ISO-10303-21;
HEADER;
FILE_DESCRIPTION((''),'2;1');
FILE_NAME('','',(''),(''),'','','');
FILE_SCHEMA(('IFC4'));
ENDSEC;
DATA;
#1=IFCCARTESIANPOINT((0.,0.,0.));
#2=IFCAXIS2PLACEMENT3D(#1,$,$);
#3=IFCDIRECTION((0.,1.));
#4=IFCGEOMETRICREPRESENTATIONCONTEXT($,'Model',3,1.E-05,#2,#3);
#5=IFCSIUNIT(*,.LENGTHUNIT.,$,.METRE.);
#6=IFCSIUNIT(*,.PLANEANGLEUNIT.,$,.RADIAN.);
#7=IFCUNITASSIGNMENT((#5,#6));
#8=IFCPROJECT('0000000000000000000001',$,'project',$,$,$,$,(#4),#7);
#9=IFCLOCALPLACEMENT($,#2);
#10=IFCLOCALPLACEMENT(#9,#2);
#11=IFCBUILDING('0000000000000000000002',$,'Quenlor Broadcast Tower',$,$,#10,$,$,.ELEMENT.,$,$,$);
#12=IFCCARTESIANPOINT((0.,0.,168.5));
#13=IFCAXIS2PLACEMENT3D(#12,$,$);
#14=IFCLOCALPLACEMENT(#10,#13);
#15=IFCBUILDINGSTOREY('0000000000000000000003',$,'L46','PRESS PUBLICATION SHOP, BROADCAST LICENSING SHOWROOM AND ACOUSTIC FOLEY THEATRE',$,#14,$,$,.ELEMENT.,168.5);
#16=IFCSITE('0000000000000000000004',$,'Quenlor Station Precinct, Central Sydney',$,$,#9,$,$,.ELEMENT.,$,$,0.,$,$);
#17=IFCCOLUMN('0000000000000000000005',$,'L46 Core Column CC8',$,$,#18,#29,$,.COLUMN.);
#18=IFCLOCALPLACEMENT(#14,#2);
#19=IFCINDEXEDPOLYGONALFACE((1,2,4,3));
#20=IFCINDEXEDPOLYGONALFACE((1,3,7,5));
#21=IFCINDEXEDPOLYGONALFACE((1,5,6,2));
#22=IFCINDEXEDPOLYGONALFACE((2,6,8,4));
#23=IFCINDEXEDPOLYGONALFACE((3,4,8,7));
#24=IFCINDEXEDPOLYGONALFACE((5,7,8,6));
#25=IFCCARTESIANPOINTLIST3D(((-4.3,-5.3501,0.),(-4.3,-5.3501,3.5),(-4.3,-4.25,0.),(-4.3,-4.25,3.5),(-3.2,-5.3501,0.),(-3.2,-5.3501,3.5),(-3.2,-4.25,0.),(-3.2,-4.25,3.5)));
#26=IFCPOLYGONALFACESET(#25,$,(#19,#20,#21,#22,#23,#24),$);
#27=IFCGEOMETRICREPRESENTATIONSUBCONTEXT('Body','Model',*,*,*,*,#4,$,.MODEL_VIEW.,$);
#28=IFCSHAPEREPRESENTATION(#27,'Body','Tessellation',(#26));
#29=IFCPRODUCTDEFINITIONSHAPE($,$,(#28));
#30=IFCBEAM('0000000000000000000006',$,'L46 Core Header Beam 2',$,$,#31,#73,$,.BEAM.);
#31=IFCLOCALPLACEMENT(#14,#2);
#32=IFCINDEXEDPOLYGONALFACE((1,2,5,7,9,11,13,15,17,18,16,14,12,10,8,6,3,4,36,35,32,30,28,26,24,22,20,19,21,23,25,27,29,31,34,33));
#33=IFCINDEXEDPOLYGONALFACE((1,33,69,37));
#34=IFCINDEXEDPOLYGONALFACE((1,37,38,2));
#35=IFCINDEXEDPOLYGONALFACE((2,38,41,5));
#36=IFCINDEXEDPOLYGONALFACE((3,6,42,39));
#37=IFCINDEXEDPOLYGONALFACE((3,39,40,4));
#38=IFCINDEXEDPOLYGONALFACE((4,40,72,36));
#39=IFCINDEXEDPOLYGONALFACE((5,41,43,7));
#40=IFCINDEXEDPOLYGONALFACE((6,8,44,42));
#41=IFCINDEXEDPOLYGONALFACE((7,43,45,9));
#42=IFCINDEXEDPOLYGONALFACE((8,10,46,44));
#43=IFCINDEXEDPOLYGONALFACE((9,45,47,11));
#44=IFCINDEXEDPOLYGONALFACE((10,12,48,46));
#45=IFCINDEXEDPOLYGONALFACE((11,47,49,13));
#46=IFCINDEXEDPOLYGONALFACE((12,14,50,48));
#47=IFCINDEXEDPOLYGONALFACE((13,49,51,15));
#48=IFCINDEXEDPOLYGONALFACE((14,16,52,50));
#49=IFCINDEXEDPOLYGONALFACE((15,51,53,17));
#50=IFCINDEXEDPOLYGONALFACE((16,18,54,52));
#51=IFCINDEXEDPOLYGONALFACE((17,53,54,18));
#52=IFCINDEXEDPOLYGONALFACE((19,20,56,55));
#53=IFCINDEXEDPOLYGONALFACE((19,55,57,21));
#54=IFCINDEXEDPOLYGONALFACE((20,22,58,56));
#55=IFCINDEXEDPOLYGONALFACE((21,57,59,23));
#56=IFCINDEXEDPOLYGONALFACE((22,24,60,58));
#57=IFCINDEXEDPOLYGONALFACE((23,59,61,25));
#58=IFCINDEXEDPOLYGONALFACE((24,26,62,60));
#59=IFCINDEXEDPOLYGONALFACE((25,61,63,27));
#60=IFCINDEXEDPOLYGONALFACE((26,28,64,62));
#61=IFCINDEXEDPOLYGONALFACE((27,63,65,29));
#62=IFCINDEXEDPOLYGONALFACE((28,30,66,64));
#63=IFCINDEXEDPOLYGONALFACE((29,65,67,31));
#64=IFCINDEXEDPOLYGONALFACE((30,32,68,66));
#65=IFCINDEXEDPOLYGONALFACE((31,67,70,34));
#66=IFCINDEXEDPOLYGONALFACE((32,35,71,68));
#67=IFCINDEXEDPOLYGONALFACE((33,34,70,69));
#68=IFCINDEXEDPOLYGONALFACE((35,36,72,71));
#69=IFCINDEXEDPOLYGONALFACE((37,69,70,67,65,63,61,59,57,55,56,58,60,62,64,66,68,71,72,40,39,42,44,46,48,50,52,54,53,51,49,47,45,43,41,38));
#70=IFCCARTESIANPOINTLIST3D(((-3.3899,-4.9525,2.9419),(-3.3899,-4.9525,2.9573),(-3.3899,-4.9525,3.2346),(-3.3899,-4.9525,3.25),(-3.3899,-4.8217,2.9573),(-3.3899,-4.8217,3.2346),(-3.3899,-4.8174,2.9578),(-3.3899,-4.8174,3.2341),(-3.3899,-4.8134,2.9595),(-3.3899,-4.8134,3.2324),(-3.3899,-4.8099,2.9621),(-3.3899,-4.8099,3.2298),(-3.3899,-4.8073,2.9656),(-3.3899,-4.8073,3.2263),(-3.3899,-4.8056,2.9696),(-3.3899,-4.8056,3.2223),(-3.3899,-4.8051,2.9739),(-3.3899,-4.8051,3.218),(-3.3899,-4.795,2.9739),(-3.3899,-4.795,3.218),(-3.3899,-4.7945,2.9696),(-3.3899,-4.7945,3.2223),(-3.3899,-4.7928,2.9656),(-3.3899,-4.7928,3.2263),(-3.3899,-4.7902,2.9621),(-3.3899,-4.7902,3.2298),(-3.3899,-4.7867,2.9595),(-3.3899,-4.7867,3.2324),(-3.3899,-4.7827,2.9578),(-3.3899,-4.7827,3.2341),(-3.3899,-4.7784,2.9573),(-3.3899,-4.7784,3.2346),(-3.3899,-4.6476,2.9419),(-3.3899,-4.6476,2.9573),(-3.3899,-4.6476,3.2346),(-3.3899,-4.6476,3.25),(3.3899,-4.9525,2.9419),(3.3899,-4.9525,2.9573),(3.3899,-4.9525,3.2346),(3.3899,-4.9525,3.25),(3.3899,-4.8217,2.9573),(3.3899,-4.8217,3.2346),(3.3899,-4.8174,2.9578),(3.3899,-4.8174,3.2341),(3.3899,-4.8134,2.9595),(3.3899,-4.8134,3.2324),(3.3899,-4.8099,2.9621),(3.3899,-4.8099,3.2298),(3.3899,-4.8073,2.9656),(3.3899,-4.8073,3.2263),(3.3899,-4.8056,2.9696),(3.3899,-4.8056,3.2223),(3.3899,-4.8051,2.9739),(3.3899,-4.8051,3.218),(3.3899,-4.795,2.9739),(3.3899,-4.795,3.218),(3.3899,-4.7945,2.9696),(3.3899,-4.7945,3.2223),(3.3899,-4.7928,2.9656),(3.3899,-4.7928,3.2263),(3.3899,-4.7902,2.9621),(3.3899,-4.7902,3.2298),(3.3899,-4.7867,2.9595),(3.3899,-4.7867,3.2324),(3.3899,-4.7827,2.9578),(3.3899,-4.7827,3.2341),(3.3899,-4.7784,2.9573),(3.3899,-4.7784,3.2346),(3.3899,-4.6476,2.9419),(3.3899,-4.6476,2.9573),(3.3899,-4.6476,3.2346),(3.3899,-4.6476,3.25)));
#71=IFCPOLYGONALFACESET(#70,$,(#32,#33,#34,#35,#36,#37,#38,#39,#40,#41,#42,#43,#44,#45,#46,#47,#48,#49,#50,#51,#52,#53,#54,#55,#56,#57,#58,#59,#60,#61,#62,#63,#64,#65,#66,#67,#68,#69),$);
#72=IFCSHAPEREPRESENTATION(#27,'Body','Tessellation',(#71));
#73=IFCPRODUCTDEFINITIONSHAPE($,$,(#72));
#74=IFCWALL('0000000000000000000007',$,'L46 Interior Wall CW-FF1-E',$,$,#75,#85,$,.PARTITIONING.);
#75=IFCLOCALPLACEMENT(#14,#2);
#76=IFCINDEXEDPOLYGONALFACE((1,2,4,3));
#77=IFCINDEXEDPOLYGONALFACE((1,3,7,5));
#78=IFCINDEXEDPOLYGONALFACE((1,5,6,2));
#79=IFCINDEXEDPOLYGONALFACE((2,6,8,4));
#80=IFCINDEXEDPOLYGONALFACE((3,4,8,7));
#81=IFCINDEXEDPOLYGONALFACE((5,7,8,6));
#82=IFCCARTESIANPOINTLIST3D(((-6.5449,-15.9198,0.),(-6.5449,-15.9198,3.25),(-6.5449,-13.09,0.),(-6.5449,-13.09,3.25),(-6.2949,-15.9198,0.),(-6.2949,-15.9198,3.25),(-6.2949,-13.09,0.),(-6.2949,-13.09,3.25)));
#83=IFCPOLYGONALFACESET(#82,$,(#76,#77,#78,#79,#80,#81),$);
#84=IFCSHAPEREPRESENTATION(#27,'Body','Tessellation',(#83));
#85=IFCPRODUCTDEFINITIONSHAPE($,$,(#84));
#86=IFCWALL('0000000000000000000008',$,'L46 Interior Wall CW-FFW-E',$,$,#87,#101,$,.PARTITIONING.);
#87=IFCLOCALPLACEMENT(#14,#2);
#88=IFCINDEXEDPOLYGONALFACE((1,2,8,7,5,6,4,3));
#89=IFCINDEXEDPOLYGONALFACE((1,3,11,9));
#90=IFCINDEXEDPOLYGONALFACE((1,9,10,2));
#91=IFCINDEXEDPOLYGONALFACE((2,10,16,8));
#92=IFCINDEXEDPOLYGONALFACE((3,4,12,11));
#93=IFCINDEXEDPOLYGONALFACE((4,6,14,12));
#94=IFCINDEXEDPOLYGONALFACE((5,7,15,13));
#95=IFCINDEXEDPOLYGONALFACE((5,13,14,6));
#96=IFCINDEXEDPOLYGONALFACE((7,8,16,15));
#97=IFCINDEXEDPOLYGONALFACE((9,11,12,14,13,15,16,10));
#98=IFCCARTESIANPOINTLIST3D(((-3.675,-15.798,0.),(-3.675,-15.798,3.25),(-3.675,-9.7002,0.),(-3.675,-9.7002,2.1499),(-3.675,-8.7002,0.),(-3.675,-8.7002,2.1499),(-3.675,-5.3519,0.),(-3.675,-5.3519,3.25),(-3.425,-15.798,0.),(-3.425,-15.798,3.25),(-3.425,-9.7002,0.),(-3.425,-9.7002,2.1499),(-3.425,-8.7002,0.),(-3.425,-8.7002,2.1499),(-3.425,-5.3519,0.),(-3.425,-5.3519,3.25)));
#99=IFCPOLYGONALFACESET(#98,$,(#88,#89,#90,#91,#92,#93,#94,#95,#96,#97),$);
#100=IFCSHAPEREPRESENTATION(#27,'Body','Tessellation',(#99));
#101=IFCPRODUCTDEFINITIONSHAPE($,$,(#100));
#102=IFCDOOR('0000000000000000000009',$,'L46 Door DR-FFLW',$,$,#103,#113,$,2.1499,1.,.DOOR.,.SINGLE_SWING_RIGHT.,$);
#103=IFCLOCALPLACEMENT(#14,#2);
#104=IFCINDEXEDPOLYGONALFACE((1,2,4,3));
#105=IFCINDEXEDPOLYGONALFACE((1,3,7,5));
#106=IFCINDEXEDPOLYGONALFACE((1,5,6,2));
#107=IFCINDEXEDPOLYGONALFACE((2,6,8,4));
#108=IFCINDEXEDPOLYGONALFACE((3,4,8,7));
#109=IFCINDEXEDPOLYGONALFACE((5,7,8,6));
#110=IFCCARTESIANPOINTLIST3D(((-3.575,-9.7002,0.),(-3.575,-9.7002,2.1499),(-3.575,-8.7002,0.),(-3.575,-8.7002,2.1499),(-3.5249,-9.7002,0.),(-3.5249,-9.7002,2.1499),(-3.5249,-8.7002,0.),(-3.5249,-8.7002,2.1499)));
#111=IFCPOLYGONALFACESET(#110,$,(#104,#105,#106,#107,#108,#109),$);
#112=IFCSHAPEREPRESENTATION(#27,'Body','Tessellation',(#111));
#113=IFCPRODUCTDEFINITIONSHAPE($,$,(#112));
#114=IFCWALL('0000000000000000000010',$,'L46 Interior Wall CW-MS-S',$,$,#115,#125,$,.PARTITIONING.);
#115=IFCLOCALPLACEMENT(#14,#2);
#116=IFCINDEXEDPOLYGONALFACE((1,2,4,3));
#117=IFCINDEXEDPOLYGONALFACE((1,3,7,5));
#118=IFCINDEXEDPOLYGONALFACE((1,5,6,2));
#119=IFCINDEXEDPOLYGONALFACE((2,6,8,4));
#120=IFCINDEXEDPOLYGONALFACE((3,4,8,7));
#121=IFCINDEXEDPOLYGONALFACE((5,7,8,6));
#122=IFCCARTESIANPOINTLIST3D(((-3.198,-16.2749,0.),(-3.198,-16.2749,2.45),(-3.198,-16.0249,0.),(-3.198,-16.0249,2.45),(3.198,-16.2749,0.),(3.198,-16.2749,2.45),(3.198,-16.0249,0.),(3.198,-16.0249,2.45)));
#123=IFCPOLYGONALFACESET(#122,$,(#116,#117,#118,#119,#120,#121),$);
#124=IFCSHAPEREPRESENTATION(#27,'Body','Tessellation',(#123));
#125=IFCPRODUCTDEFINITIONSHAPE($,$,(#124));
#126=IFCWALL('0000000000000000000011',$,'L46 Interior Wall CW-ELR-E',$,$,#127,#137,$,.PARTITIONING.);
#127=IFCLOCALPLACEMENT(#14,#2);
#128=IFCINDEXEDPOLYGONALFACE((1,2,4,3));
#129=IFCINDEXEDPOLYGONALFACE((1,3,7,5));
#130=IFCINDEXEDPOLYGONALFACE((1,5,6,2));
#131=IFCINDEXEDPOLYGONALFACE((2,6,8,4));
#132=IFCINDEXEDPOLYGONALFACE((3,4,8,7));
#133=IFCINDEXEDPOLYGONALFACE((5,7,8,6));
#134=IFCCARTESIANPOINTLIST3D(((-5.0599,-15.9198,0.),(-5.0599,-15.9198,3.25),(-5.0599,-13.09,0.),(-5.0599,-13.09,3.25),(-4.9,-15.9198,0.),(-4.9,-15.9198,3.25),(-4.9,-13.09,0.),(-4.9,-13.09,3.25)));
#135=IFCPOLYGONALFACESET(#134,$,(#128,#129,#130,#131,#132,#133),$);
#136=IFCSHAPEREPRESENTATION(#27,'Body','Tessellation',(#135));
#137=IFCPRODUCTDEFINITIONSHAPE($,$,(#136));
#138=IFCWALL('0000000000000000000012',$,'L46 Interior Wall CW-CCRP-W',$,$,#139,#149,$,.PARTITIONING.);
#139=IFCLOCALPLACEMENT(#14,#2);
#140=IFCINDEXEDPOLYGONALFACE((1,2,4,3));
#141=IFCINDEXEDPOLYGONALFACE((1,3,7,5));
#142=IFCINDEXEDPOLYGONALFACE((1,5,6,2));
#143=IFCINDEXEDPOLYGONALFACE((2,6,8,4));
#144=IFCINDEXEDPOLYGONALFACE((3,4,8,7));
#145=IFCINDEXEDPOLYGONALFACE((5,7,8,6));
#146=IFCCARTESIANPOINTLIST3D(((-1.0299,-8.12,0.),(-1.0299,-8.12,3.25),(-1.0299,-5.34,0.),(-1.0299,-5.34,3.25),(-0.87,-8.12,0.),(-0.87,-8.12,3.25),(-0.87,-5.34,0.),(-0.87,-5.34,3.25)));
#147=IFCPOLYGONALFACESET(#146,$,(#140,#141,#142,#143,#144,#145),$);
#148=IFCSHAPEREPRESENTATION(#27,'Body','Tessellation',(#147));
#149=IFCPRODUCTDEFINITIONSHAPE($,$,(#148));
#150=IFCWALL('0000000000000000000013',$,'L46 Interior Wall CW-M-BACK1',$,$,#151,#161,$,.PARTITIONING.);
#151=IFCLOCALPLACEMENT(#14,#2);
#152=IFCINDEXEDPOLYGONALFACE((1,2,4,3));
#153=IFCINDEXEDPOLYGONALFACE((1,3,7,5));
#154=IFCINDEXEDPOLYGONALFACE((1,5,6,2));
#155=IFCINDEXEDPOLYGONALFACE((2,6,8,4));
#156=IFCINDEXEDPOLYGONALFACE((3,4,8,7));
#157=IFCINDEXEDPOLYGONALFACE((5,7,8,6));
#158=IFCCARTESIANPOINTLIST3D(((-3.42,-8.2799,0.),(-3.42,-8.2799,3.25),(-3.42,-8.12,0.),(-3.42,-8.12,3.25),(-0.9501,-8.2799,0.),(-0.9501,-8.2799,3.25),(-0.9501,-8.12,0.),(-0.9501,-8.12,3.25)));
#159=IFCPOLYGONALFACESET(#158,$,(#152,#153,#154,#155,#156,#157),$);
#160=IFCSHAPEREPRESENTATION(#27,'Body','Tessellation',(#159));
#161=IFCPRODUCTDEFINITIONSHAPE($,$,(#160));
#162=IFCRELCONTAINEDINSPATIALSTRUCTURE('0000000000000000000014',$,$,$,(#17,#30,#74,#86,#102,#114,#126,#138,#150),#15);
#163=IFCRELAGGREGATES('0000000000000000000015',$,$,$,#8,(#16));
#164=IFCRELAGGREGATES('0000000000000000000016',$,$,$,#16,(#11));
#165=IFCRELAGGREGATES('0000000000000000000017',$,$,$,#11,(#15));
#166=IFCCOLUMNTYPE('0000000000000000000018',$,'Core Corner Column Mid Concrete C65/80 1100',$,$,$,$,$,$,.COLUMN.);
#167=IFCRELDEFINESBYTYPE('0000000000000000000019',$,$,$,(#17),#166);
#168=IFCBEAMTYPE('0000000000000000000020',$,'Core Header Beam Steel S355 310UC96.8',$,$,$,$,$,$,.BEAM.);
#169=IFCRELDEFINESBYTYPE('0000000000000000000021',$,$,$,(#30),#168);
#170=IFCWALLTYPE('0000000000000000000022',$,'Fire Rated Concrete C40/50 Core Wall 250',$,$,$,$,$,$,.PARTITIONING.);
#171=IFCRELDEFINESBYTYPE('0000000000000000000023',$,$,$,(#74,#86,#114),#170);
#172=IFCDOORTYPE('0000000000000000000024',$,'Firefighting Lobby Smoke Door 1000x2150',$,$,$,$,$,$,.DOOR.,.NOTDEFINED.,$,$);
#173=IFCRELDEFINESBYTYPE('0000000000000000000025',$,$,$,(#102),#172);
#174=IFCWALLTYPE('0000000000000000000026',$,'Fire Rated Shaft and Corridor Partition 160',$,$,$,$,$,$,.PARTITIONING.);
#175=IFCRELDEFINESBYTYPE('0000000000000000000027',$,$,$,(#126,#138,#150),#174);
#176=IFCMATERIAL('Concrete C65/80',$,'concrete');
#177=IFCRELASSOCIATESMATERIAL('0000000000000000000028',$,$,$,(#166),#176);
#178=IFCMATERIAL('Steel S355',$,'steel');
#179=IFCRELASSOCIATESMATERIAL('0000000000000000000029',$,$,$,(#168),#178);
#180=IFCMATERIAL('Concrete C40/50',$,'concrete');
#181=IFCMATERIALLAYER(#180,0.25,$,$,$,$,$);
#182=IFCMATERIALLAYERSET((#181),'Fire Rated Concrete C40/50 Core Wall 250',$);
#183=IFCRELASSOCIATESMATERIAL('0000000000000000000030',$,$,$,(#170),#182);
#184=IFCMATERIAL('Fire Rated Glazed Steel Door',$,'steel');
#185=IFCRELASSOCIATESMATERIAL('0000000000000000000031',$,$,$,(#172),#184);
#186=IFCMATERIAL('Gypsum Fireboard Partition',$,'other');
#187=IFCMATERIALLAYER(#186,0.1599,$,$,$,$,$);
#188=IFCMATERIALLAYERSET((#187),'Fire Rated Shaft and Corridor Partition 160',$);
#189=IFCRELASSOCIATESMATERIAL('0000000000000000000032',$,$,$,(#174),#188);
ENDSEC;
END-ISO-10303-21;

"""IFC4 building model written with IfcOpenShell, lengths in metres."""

from ifc_helpers import new_model, si_unit, direction, frame, frame_2d, origin, origin_2d, place, context, subcontext, project, spatial, rectangle, i_section, extrude, material, layer, layer_set, material_profile, profile_set, type_object, element, fill, save


model = new_model("IFC4")

# Units and contexts
model_context = context("Model", 3, precision=1e-05, world=origin(), true_north=direction((0.0, 1.0)))
body_context = subcontext(model_context, "Body", "Model", "MODEL_VIEW")
ifc_project = project(units=[si_unit("LENGTHUNIT", "METRE"), si_unit("PLANEANGLEUNIT", "RADIAN")], contexts=[model_context])

# Site, building, storey
site_placement = place(None, origin())
site = spatial("IfcSite", under=ifc_project, at=site_placement, Name="Quenlor Station Precinct, Central Sydney", CompositionType="ELEMENT", RefElevation=0.0)
building_placement = place(site_placement, origin())
building = spatial("IfcBuilding", under=site, at=building_placement, Name="Quenlor Broadcast Tower", CompositionType="ELEMENT")
storey_placement = place(building_placement, frame((0.0, 0.0, 168.5)))
storey = spatial("IfcBuildingStorey", under=building, at=storey_placement, Name="L46", Description="PRESS PUBLICATION SHOP, BROADCAST LICENSING SHOWROOM AND ACOUSTIC FOLEY THEATRE", CompositionType="ELEMENT", Elevation=168.5)

# Column
ifc_material_1 = material(Name="Concrete C65/80", Category="concrete")
ifc_material_profile_1 = material_profile(ifc_material_1, rectangle(XDim=1.1001, YDim=1.1001, at=origin_2d()))
ifc_profile_set_1 = profile_set([ifc_material_profile_1], Name="Concrete C65/80 RC1100x1100")
column_type = type_object("IfcColumnType", Name="Core Corner Column Mid Concrete C65/80 1100", PredefinedType="COLUMN", material=ifc_profile_set_1)
column_placement = place(storey_placement, frame((-3.75, -4.8, 0.0), z_axis=(0.0, 0.0, 1.0), x_axis=(1.0, 0.0, 0.0)))
element("IfcColumn", 1, at=column_placement, inside=storey, type_object=column_type, Name="L46 Core Column CC8", PredefinedType="COLUMN", context=body_context, shape_type="SweptSolid", body=[
    extrude(rectangle(XDim=1.1001, YDim=1.1001, at=origin_2d()), origin(), (0.0, 0.0, 1.0), 3.5),
])

# Beam
ifc_material_2 = material(Name="Steel S355", Category="steel")
ifc_material_profile_2 = material_profile(ifc_material_2, i_section(OverallWidth=0.3049, OverallDepth=0.3081, WebThickness=0.01, FlangeThickness=0.0154, FilletRadius=0.0166, at=origin_2d()))
ifc_profile_set_2 = profile_set([ifc_material_profile_2], Name="Steel S355 310UC96.8")
beam_type = type_object("IfcBeamType", Name="Core Header Beam Steel S355 310UC96.8", PredefinedType="BEAM", material=ifc_profile_set_2)
beam_placement = place(storey_placement, frame((-3.3899, -4.8, 3.0959), z_axis=(1.0, 0.0, 0.0), x_axis=(0.0, 1.0, 0.0)))
element("IfcBeam", 2, at=beam_placement, inside=storey, type_object=beam_type, Name="L46 Core Header Beam 2", PredefinedType="BEAM", context=body_context, shape_type="SweptSolid", body=[
    extrude(i_section(OverallWidth=0.3049, OverallDepth=0.3081, WebThickness=0.01, FlangeThickness=0.0154, FilletRadius=0.0166, at=origin_2d()), origin(), (0.0, 0.0, 1.0), 6.7798),
])

# Shared definitions
ifc_material_3 = material(Name="Concrete C40/50", Category="concrete")
ifc_layer_1 = layer(ifc_material_3, 0.25)
ifc_layer_set_1 = layer_set([ifc_layer_1], Name="Fire Rated Concrete C40/50 Core Wall 250")
wall_type_1 = type_object("IfcWallType", Name="Fire Rated Concrete C40/50 Core Wall 250", PredefinedType="PARTITIONING", material=ifc_layer_set_1)

# Wall
wall_1_placement = place(storey_placement, frame((-6.4199, -15.9199, 0.0), z_axis=(0.0, 0.0, 1.0), x_axis=(0.0, 1.0, 0.0)))
element("IfcWall", 3, at=wall_1_placement, inside=storey, type_object=wall_type_1, Name="L46 Interior Wall CW-FF1-E", PredefinedType="PARTITIONING", context=body_context, shape_type="SweptSolid", body=[
    extrude(rectangle(XDim=2.8298, YDim=0.25, at=frame_2d((1.415, 0.0))), origin(), (0.0, 0.0, 1.0), 3.25),
])

# Wall, opening, door
wall_2_placement = place(storey_placement, frame((-3.55, -15.7981, 0.0), z_axis=(0.0, 0.0, 1.0), x_axis=(0.0, 1.0, 0.0)))
wall_2 = element("IfcWall", 4, at=wall_2_placement, inside=storey, type_object=wall_type_1, Name="L46 Interior Wall CW-FFW-E", PredefinedType="PARTITIONING", context=body_context, shape_type="SweptSolid", body=[
    extrude(rectangle(XDim=10.446, YDim=0.25, at=frame_2d((5.2231, 0.0))), origin(), (0.0, 0.0, 1.0), 3.25),
])
opening_1_placement = place(wall_2_placement, frame((6.0979, 0.0, 0.0)))
opening_1 = element("IfcOpeningElement", 5, at=opening_1_placement, cuts=wall_2, PredefinedType="OPENING", context=body_context, shape_type="SweptSolid", body=[
    extrude(rectangle(XDim=1.0, YDim=2.1499, at=frame_2d((0.5, 1.075))), frame((0.0, 0.135, 0.0), z_axis=(0.0, -1.0, 0.0), x_axis=(1.0, 0.0, 0.0)), (0.0, 0.0, 1.0), 0.27),
])
ifc_material_4 = material(Name="Fire Rated Glazed Steel Door", Category="steel")
door_type_1 = type_object("IfcDoorType", Name="Firefighting Lobby Smoke Door 1000x2150", OperationType="NOTDEFINED", PredefinedType="DOOR", material=ifc_material_4)
door_1_placement = place(opening_1_placement, origin())
door_1 = element("IfcDoor", 6, at=door_1_placement, inside=storey, type_object=door_type_1, Name="L46 Door DR-FFLW", OperationType="SINGLE_SWING_RIGHT", OverallHeight=2.1499, OverallWidth=1.0, PredefinedType="DOOR", context=body_context, shape_type="SweptSolid", body=[
    extrude(rectangle(XDim=1.0, YDim=2.1499, at=frame_2d((0.5, 1.075))), frame((0.0, 0.0249, 0.0), z_axis=(0.0, -1.0, 0.0), x_axis=(1.0, 0.0, 0.0)), (0.0, 0.0, 1.0), 0.05),
])
fill(opening_1, door_1)

# Wall
wall_3_placement = place(storey_placement, frame((-3.198, -16.1499, 0.0), z_axis=(0.0, 0.0, 1.0), x_axis=(1.0, 0.0, 0.0)))
element("IfcWall", 7, at=wall_3_placement, inside=storey, type_object=wall_type_1, Name="L46 Interior Wall CW-MS-S", PredefinedType="PARTITIONING", context=body_context, shape_type="SweptSolid", body=[
    extrude(rectangle(XDim=6.396, YDim=0.25, at=frame_2d((3.198, 0.0))), origin(), (0.0, 0.0, 1.0), 2.45),
])

# Walls
ifc_material_5 = material(Name="Gypsum Fireboard Partition", Category="other")
ifc_layer_2 = layer(ifc_material_5, 0.1599)
ifc_layer_set_2 = layer_set([ifc_layer_2], Name="Fire Rated Shaft and Corridor Partition 160")
wall_type_2 = type_object("IfcWallType", Name="Fire Rated Shaft and Corridor Partition 160", PredefinedType="PARTITIONING", material=ifc_layer_set_2)
wall_4_placement = place(storey_placement, frame((-4.98, -15.9199, 0.0), z_axis=(0.0, 0.0, 1.0), x_axis=(0.0, 1.0, 0.0)))
element("IfcWall", 8, at=wall_4_placement, inside=storey, type_object=wall_type_2, Name="L46 Interior Wall CW-ELR-E", PredefinedType="PARTITIONING", context=body_context, shape_type="SweptSolid", body=[
    extrude(rectangle(XDim=2.8298, YDim=0.1599, at=frame_2d((1.415, 0.0))), origin(), (0.0, 0.0, 1.0), 3.25),
])
wall_5_placement = place(storey_placement, frame((-0.95, -8.1201, 0.0), z_axis=(0.0, 0.0, 1.0), x_axis=(0.0, 1.0, 0.0)))
element("IfcWall", 9, at=wall_5_placement, inside=storey, type_object=wall_type_2, Name="L46 Interior Wall CW-CCRP-W", PredefinedType="PARTITIONING", context=body_context, shape_type="SweptSolid", body=[
    extrude(rectangle(XDim=2.78, YDim=0.1599, at=frame_2d((1.3901, 0.0))), origin(), (0.0, 0.0, 1.0), 3.25),
])
wall_6_placement = place(storey_placement, frame((-3.4199, -8.2, 0.0), z_axis=(0.0, 0.0, 1.0), x_axis=(1.0, 0.0, 0.0)))
element("IfcWall", 10, at=wall_6_placement, inside=storey, type_object=wall_type_2, Name="L46 Interior Wall CW-M-BACK1", PredefinedType="PARTITIONING", context=body_context, shape_type="SweptSolid", body=[
    extrude(rectangle(XDim=2.47, YDim=0.1599, at=frame_2d((1.2349, 0.0))), origin(), (0.0, 0.0, 1.0), 3.25),
])

save(model, "model.ifc")
